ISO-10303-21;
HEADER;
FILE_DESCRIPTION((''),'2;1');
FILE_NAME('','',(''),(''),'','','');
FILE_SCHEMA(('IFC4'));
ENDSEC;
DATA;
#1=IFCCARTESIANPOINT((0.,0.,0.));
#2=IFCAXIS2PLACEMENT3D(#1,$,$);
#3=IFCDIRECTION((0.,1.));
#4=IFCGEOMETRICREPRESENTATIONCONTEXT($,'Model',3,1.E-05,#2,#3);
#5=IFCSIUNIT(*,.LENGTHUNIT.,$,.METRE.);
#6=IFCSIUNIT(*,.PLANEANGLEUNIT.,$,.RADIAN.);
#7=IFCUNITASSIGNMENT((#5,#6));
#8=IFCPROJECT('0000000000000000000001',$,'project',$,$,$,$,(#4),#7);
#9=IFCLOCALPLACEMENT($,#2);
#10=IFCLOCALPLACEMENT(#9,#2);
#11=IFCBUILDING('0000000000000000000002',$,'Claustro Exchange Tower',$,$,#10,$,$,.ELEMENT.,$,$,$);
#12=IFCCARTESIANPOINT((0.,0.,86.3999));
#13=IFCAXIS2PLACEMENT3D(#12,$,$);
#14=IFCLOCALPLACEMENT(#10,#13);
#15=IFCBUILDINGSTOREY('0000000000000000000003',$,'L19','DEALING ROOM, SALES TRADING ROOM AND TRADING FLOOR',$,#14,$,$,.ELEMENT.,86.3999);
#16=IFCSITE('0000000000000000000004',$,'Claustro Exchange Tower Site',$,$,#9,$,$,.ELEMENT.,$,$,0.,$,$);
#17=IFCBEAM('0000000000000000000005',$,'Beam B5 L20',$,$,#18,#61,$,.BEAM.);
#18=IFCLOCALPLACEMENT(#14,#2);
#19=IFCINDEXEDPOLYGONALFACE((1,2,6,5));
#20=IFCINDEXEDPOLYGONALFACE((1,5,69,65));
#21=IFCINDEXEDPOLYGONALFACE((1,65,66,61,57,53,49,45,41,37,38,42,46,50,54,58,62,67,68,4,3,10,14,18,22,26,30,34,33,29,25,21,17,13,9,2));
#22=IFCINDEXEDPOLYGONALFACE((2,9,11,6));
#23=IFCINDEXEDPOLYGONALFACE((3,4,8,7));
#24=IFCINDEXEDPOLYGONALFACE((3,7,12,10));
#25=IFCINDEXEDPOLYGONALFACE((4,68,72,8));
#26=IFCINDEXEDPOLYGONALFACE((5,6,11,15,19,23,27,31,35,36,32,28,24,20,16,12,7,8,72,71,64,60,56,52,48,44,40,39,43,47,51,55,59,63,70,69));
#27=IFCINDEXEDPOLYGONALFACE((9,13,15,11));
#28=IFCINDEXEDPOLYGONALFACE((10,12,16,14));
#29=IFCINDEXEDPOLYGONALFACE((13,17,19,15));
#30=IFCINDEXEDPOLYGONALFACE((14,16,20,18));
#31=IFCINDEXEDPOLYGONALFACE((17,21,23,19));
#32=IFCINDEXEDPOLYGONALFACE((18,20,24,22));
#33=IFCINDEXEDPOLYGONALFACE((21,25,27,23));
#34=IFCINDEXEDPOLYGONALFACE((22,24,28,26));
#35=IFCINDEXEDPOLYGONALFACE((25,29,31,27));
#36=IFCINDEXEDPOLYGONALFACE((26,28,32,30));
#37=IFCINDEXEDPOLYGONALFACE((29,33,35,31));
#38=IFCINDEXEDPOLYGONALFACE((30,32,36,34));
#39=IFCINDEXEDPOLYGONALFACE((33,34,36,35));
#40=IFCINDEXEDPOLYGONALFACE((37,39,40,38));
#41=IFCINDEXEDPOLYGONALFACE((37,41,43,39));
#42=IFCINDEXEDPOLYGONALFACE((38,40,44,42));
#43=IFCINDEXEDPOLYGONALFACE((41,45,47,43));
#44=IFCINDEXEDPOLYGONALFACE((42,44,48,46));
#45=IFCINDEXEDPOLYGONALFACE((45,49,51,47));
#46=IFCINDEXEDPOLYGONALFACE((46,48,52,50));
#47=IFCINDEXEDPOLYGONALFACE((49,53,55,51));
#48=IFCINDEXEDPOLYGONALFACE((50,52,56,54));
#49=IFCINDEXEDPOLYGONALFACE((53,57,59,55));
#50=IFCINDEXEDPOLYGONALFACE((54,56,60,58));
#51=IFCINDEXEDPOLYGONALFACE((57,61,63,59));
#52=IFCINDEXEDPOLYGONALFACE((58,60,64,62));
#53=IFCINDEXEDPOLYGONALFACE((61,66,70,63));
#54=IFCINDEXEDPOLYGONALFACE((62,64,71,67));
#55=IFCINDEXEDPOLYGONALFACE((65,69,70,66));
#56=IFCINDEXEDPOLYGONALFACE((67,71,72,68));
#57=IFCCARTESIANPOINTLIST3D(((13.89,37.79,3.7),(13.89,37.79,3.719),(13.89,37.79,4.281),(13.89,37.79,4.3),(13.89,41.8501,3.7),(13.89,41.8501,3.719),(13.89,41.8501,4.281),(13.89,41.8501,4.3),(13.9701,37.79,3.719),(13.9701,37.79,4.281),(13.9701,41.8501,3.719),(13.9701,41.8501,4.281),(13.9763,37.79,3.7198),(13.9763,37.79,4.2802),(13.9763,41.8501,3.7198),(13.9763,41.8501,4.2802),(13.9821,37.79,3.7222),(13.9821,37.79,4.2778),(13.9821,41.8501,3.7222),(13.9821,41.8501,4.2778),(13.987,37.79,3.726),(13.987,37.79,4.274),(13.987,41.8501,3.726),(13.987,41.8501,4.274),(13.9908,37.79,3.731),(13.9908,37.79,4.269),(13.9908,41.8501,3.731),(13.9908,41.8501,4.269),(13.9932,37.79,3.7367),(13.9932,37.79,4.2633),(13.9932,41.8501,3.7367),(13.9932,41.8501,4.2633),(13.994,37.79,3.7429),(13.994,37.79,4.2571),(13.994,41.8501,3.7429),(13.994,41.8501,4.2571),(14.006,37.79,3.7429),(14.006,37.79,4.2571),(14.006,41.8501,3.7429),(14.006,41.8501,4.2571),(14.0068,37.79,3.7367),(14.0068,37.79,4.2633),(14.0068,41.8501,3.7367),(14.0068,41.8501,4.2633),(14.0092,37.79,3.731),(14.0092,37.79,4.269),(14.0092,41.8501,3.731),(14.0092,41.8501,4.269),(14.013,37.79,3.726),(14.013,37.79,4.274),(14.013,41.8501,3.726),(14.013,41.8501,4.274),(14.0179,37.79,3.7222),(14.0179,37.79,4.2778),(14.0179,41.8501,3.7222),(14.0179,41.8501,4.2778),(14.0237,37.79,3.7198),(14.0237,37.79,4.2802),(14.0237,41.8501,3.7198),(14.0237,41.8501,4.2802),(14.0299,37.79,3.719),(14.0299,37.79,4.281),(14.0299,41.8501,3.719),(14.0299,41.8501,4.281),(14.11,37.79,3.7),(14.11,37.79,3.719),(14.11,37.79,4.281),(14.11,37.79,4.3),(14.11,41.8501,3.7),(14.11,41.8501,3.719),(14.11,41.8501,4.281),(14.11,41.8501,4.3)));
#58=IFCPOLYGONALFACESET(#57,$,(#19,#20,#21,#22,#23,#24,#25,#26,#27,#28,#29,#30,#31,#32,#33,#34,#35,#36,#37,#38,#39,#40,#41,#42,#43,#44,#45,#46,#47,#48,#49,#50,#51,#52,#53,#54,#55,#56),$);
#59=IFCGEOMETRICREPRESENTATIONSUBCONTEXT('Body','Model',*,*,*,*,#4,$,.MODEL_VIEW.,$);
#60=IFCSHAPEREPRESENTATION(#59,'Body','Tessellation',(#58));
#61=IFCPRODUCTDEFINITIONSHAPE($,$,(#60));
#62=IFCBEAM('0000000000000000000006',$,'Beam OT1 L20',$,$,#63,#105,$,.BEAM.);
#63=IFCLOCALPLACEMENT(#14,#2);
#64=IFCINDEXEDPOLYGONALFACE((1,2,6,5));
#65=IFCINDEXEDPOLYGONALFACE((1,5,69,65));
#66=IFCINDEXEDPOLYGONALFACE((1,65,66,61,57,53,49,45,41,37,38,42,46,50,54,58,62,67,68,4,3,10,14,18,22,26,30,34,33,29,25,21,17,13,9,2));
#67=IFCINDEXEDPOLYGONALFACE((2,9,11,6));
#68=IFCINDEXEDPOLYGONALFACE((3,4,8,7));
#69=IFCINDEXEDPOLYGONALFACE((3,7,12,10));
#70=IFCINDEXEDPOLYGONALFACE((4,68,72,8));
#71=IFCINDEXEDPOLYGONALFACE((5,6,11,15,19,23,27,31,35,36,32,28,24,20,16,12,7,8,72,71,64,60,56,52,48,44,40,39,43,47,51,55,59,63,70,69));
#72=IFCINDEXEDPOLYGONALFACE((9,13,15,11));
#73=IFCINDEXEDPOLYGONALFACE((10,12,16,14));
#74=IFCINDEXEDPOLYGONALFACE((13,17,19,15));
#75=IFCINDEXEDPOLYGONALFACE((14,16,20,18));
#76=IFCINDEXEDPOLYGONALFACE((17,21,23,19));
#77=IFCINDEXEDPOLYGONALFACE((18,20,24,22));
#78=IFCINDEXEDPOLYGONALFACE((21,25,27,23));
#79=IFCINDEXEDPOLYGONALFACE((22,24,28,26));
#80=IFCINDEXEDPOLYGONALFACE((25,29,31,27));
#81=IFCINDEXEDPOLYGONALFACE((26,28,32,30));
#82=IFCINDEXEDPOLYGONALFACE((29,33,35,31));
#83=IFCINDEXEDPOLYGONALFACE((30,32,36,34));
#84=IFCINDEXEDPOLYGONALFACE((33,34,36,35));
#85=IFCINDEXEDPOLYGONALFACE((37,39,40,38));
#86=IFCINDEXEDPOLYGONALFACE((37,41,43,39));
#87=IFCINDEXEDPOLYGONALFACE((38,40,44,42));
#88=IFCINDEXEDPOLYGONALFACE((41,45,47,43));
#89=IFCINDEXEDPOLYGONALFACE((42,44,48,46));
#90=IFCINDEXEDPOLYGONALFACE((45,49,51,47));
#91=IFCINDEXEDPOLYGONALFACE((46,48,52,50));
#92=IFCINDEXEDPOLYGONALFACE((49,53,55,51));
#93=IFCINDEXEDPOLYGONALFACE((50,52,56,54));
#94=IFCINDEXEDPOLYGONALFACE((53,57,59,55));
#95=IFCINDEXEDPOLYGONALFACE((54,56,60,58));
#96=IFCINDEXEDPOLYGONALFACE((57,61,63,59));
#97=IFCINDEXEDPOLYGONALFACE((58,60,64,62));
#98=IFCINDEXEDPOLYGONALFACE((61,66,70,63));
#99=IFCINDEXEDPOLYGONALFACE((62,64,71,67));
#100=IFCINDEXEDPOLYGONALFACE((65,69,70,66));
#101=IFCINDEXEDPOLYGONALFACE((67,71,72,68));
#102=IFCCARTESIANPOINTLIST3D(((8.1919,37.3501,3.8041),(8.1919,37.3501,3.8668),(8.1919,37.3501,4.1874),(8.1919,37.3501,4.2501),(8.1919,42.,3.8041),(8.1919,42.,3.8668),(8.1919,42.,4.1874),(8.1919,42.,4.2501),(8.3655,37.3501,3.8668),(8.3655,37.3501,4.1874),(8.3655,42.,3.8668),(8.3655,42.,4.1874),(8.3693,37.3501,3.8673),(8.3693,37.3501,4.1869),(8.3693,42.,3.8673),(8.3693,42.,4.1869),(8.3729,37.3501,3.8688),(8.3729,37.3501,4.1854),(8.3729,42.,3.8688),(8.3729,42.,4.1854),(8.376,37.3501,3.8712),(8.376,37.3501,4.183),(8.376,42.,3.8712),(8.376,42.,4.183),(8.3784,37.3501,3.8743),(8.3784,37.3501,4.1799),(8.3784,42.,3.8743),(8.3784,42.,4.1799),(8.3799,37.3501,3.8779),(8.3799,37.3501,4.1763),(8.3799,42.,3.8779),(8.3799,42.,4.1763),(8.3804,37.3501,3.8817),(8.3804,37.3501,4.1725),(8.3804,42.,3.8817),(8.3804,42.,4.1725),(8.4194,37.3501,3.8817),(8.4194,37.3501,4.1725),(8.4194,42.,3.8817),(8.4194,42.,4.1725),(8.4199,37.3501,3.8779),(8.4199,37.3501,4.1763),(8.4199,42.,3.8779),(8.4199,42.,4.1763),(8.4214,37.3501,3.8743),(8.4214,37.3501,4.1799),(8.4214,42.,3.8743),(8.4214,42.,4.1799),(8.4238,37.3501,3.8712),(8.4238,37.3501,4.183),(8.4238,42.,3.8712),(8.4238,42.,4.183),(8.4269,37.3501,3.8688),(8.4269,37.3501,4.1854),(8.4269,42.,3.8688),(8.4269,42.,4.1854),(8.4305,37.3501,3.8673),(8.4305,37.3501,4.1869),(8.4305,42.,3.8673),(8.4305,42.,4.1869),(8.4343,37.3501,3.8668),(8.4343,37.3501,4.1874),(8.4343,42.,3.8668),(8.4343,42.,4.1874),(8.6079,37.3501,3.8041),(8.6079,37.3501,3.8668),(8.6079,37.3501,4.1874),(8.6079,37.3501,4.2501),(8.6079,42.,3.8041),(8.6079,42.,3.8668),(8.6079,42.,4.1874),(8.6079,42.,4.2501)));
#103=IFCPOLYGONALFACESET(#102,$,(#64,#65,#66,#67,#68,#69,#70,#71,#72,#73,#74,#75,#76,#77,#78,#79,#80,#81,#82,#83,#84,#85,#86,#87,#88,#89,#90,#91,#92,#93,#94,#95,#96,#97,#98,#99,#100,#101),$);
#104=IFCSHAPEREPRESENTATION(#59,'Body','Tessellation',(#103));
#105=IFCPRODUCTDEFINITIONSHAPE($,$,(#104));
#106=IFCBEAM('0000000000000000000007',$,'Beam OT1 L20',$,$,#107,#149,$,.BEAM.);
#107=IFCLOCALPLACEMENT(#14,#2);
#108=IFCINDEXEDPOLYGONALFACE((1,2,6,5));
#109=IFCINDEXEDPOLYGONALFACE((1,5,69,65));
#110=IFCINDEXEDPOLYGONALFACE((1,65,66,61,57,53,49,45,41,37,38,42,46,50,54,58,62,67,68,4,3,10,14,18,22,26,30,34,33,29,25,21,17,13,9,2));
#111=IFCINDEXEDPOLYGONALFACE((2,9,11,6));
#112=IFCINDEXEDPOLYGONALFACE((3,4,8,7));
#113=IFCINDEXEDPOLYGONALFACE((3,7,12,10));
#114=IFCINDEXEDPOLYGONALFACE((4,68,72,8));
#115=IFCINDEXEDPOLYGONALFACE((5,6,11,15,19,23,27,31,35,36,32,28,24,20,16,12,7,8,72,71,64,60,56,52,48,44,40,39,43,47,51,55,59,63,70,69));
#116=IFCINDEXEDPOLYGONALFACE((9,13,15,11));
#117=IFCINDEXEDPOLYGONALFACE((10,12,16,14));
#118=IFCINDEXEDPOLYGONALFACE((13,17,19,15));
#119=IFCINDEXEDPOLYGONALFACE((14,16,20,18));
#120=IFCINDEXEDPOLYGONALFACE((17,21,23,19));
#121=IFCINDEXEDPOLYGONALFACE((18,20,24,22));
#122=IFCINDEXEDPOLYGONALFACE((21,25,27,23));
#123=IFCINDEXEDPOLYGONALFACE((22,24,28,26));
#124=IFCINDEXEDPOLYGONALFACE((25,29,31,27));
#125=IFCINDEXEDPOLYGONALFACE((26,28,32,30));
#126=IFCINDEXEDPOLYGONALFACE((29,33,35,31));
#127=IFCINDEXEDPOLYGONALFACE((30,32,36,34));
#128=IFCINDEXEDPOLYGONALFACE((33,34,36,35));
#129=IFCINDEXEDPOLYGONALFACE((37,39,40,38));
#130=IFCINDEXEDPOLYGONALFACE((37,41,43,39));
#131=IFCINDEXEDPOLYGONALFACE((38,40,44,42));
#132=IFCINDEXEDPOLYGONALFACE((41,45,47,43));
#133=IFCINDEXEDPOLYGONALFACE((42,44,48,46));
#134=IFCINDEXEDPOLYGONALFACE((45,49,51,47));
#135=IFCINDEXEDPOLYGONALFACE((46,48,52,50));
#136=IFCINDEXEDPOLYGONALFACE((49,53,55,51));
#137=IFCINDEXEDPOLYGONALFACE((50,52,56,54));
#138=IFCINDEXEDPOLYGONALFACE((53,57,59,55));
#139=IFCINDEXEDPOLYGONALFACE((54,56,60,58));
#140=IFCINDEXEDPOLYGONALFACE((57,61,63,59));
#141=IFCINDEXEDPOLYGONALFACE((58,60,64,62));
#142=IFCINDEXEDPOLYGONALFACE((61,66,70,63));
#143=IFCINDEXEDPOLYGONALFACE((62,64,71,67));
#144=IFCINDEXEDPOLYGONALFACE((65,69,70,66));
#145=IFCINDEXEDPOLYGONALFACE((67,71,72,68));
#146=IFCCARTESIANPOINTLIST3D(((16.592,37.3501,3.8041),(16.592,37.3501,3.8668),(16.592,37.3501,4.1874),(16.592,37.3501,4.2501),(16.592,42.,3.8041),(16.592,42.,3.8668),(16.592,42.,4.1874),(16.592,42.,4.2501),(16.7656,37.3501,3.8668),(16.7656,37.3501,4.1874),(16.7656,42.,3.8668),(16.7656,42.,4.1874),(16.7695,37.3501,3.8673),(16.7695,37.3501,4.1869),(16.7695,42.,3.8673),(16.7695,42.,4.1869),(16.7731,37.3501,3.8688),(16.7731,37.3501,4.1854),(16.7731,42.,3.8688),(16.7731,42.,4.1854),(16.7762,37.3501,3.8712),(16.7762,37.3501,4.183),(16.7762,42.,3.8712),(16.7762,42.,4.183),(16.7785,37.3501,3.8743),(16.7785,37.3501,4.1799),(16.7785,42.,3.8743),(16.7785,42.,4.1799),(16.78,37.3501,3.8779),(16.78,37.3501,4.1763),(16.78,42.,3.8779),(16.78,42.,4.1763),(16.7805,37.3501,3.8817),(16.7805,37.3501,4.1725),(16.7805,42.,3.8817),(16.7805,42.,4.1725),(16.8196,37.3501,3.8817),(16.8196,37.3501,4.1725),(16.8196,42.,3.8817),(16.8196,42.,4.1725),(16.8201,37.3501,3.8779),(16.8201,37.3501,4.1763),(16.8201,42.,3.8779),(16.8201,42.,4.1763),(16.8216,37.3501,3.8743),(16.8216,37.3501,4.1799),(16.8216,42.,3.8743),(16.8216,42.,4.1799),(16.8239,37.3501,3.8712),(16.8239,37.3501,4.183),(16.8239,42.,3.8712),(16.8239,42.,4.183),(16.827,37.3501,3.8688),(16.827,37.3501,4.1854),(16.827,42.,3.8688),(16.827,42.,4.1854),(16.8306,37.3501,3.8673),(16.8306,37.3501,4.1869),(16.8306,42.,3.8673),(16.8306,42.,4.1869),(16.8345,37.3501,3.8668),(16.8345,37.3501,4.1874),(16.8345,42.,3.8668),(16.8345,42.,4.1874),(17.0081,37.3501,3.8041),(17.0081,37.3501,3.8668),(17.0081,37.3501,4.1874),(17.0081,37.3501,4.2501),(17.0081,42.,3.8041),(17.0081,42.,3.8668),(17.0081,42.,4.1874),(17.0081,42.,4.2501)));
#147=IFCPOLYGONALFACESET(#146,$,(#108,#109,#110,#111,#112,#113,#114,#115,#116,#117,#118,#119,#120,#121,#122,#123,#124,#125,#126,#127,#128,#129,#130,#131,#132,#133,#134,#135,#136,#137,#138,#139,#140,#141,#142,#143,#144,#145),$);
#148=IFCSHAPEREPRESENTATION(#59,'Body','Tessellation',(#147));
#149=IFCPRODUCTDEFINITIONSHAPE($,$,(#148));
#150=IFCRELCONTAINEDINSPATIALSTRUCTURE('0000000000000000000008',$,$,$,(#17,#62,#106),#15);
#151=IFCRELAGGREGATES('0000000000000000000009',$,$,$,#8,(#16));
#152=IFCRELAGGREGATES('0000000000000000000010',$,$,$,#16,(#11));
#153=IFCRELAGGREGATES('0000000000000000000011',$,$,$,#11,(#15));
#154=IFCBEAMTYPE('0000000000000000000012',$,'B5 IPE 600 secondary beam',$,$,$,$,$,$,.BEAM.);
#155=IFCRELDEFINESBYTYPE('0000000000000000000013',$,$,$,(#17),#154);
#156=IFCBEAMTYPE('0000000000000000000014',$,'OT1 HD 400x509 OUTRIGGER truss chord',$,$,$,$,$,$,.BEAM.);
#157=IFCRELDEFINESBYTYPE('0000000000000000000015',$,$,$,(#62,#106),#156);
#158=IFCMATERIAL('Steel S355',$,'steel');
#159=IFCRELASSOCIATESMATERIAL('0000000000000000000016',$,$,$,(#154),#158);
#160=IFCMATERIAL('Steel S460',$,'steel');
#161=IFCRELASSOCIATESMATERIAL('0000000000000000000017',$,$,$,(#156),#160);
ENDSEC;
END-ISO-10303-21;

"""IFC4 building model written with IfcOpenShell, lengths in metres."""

from ifc_helpers import new_model, si_unit, direction, frame, origin, origin_2d, place, context, subcontext, project, spatial, i_section, extrude, material, material_profile, profile_set, type_object, element, save


model = new_model("IFC4")

# Units and contexts
model_context = context("Model", 3, precision=1e-05, world=origin(), true_north=direction((0.0, 1.0)))
body_context = subcontext(model_context, "Body", "Model", "MODEL_VIEW")
ifc_project = project(units=[si_unit("LENGTHUNIT", "METRE"), si_unit("PLANEANGLEUNIT", "RADIAN")], contexts=[model_context])

# Site, building, storey
site_placement = place(None, origin())
site = spatial("IfcSite", under=ifc_project, at=site_placement, Name="Claustro Exchange Tower Site", CompositionType="ELEMENT", RefElevation=0.0)
building_placement = place(site_placement, origin())
building = spatial("IfcBuilding", under=site, at=building_placement, Name="Claustro Exchange Tower", CompositionType="ELEMENT")
storey_placement = place(building_placement, frame((0.0, 0.0, 86.3999)))
storey = spatial("IfcBuildingStorey", under=building, at=storey_placement, Name="L19", Description="DEALING ROOM, SALES TRADING ROOM AND TRADING FLOOR", CompositionType="ELEMENT", Elevation=86.3999)

# Beams
ifc_material_1 = material(Name="Steel S355", Category="steel")
ifc_material_profile_1 = material_profile(ifc_material_1, i_section(OverallWidth=0.22, OverallDepth=0.6001, WebThickness=0.012, FlangeThickness=0.019, FilletRadius=0.0239, at=origin_2d()), Name="IPE 600")
ifc_profile_set_1 = profile_set([ifc_material_profile_1], Name="Steel S355")
beam_type_1 = type_object("IfcBeamType", Name="B5 IPE 600 secondary beam", PredefinedType="BEAM", material=ifc_profile_set_1)
for number, where, z_axis, x_axis, name in (
    (1, (14.0, 37.79, 4.0), (0.0, 1.0, 0.0), (-1.0, 0.0, 0.0), "Beam B5 L20"),
):
    element("IfcBeam", number, at=place(storey_placement, frame(where, z_axis=z_axis, x_axis=x_axis)), inside=storey, type_object=beam_type_1, Name=name, PredefinedType="BEAM", context=body_context, shape_type="SweptSolid", body=[
        extrude(i_section(OverallWidth=0.22, OverallDepth=0.6001, WebThickness=0.012, FlangeThickness=0.019, FilletRadius=0.0239, at=origin_2d()), origin(), (0.0, 0.0, 1.0), 4.0601),
    ])
ifc_material_2 = material(Name="Steel S460", Category="steel")
ifc_material_profile_2 = material_profile(ifc_material_2, i_section(OverallWidth=0.416, OverallDepth=0.446, WebThickness=0.0391, FlangeThickness=0.0627, FilletRadius=0.0149, at=origin_2d()), Name="HD 400x509")
ifc_profile_set_2 = profile_set([ifc_material_profile_2], Name="Steel S460")
beam_type_2 = type_object("IfcBeamType", Name="OT1 HD 400x509 OUTRIGGER truss chord", PredefinedType="BEAM", material=ifc_profile_set_2)
for number, where, z_axis, x_axis, name in (
    (2, (8.3999, 37.3501, 4.0271), (0.0, 1.0, 0.0), (-1.0, 0.0, 0.0), "Beam OT1 L20"),
    (3, (16.8, 37.3501, 4.0271), (0.0, 1.0, 0.0), (-1.0, 0.0, 0.0), "Beam OT1 L20"),
):
    element("IfcBeam", number, at=place(storey_placement, frame(where, z_axis=z_axis, x_axis=x_axis)), inside=storey, type_object=beam_type_2, Name=name, PredefinedType="BEAM", context=body_context, shape_type="SweptSolid", body=[
        extrude(i_section(OverallWidth=0.416, OverallDepth=0.446, WebThickness=0.0391, FlangeThickness=0.0627, FilletRadius=0.0149, at=origin_2d()), origin(), (0.0, 0.0, 1.0), 4.6499),
    ])

save(model, "model.ifc")
